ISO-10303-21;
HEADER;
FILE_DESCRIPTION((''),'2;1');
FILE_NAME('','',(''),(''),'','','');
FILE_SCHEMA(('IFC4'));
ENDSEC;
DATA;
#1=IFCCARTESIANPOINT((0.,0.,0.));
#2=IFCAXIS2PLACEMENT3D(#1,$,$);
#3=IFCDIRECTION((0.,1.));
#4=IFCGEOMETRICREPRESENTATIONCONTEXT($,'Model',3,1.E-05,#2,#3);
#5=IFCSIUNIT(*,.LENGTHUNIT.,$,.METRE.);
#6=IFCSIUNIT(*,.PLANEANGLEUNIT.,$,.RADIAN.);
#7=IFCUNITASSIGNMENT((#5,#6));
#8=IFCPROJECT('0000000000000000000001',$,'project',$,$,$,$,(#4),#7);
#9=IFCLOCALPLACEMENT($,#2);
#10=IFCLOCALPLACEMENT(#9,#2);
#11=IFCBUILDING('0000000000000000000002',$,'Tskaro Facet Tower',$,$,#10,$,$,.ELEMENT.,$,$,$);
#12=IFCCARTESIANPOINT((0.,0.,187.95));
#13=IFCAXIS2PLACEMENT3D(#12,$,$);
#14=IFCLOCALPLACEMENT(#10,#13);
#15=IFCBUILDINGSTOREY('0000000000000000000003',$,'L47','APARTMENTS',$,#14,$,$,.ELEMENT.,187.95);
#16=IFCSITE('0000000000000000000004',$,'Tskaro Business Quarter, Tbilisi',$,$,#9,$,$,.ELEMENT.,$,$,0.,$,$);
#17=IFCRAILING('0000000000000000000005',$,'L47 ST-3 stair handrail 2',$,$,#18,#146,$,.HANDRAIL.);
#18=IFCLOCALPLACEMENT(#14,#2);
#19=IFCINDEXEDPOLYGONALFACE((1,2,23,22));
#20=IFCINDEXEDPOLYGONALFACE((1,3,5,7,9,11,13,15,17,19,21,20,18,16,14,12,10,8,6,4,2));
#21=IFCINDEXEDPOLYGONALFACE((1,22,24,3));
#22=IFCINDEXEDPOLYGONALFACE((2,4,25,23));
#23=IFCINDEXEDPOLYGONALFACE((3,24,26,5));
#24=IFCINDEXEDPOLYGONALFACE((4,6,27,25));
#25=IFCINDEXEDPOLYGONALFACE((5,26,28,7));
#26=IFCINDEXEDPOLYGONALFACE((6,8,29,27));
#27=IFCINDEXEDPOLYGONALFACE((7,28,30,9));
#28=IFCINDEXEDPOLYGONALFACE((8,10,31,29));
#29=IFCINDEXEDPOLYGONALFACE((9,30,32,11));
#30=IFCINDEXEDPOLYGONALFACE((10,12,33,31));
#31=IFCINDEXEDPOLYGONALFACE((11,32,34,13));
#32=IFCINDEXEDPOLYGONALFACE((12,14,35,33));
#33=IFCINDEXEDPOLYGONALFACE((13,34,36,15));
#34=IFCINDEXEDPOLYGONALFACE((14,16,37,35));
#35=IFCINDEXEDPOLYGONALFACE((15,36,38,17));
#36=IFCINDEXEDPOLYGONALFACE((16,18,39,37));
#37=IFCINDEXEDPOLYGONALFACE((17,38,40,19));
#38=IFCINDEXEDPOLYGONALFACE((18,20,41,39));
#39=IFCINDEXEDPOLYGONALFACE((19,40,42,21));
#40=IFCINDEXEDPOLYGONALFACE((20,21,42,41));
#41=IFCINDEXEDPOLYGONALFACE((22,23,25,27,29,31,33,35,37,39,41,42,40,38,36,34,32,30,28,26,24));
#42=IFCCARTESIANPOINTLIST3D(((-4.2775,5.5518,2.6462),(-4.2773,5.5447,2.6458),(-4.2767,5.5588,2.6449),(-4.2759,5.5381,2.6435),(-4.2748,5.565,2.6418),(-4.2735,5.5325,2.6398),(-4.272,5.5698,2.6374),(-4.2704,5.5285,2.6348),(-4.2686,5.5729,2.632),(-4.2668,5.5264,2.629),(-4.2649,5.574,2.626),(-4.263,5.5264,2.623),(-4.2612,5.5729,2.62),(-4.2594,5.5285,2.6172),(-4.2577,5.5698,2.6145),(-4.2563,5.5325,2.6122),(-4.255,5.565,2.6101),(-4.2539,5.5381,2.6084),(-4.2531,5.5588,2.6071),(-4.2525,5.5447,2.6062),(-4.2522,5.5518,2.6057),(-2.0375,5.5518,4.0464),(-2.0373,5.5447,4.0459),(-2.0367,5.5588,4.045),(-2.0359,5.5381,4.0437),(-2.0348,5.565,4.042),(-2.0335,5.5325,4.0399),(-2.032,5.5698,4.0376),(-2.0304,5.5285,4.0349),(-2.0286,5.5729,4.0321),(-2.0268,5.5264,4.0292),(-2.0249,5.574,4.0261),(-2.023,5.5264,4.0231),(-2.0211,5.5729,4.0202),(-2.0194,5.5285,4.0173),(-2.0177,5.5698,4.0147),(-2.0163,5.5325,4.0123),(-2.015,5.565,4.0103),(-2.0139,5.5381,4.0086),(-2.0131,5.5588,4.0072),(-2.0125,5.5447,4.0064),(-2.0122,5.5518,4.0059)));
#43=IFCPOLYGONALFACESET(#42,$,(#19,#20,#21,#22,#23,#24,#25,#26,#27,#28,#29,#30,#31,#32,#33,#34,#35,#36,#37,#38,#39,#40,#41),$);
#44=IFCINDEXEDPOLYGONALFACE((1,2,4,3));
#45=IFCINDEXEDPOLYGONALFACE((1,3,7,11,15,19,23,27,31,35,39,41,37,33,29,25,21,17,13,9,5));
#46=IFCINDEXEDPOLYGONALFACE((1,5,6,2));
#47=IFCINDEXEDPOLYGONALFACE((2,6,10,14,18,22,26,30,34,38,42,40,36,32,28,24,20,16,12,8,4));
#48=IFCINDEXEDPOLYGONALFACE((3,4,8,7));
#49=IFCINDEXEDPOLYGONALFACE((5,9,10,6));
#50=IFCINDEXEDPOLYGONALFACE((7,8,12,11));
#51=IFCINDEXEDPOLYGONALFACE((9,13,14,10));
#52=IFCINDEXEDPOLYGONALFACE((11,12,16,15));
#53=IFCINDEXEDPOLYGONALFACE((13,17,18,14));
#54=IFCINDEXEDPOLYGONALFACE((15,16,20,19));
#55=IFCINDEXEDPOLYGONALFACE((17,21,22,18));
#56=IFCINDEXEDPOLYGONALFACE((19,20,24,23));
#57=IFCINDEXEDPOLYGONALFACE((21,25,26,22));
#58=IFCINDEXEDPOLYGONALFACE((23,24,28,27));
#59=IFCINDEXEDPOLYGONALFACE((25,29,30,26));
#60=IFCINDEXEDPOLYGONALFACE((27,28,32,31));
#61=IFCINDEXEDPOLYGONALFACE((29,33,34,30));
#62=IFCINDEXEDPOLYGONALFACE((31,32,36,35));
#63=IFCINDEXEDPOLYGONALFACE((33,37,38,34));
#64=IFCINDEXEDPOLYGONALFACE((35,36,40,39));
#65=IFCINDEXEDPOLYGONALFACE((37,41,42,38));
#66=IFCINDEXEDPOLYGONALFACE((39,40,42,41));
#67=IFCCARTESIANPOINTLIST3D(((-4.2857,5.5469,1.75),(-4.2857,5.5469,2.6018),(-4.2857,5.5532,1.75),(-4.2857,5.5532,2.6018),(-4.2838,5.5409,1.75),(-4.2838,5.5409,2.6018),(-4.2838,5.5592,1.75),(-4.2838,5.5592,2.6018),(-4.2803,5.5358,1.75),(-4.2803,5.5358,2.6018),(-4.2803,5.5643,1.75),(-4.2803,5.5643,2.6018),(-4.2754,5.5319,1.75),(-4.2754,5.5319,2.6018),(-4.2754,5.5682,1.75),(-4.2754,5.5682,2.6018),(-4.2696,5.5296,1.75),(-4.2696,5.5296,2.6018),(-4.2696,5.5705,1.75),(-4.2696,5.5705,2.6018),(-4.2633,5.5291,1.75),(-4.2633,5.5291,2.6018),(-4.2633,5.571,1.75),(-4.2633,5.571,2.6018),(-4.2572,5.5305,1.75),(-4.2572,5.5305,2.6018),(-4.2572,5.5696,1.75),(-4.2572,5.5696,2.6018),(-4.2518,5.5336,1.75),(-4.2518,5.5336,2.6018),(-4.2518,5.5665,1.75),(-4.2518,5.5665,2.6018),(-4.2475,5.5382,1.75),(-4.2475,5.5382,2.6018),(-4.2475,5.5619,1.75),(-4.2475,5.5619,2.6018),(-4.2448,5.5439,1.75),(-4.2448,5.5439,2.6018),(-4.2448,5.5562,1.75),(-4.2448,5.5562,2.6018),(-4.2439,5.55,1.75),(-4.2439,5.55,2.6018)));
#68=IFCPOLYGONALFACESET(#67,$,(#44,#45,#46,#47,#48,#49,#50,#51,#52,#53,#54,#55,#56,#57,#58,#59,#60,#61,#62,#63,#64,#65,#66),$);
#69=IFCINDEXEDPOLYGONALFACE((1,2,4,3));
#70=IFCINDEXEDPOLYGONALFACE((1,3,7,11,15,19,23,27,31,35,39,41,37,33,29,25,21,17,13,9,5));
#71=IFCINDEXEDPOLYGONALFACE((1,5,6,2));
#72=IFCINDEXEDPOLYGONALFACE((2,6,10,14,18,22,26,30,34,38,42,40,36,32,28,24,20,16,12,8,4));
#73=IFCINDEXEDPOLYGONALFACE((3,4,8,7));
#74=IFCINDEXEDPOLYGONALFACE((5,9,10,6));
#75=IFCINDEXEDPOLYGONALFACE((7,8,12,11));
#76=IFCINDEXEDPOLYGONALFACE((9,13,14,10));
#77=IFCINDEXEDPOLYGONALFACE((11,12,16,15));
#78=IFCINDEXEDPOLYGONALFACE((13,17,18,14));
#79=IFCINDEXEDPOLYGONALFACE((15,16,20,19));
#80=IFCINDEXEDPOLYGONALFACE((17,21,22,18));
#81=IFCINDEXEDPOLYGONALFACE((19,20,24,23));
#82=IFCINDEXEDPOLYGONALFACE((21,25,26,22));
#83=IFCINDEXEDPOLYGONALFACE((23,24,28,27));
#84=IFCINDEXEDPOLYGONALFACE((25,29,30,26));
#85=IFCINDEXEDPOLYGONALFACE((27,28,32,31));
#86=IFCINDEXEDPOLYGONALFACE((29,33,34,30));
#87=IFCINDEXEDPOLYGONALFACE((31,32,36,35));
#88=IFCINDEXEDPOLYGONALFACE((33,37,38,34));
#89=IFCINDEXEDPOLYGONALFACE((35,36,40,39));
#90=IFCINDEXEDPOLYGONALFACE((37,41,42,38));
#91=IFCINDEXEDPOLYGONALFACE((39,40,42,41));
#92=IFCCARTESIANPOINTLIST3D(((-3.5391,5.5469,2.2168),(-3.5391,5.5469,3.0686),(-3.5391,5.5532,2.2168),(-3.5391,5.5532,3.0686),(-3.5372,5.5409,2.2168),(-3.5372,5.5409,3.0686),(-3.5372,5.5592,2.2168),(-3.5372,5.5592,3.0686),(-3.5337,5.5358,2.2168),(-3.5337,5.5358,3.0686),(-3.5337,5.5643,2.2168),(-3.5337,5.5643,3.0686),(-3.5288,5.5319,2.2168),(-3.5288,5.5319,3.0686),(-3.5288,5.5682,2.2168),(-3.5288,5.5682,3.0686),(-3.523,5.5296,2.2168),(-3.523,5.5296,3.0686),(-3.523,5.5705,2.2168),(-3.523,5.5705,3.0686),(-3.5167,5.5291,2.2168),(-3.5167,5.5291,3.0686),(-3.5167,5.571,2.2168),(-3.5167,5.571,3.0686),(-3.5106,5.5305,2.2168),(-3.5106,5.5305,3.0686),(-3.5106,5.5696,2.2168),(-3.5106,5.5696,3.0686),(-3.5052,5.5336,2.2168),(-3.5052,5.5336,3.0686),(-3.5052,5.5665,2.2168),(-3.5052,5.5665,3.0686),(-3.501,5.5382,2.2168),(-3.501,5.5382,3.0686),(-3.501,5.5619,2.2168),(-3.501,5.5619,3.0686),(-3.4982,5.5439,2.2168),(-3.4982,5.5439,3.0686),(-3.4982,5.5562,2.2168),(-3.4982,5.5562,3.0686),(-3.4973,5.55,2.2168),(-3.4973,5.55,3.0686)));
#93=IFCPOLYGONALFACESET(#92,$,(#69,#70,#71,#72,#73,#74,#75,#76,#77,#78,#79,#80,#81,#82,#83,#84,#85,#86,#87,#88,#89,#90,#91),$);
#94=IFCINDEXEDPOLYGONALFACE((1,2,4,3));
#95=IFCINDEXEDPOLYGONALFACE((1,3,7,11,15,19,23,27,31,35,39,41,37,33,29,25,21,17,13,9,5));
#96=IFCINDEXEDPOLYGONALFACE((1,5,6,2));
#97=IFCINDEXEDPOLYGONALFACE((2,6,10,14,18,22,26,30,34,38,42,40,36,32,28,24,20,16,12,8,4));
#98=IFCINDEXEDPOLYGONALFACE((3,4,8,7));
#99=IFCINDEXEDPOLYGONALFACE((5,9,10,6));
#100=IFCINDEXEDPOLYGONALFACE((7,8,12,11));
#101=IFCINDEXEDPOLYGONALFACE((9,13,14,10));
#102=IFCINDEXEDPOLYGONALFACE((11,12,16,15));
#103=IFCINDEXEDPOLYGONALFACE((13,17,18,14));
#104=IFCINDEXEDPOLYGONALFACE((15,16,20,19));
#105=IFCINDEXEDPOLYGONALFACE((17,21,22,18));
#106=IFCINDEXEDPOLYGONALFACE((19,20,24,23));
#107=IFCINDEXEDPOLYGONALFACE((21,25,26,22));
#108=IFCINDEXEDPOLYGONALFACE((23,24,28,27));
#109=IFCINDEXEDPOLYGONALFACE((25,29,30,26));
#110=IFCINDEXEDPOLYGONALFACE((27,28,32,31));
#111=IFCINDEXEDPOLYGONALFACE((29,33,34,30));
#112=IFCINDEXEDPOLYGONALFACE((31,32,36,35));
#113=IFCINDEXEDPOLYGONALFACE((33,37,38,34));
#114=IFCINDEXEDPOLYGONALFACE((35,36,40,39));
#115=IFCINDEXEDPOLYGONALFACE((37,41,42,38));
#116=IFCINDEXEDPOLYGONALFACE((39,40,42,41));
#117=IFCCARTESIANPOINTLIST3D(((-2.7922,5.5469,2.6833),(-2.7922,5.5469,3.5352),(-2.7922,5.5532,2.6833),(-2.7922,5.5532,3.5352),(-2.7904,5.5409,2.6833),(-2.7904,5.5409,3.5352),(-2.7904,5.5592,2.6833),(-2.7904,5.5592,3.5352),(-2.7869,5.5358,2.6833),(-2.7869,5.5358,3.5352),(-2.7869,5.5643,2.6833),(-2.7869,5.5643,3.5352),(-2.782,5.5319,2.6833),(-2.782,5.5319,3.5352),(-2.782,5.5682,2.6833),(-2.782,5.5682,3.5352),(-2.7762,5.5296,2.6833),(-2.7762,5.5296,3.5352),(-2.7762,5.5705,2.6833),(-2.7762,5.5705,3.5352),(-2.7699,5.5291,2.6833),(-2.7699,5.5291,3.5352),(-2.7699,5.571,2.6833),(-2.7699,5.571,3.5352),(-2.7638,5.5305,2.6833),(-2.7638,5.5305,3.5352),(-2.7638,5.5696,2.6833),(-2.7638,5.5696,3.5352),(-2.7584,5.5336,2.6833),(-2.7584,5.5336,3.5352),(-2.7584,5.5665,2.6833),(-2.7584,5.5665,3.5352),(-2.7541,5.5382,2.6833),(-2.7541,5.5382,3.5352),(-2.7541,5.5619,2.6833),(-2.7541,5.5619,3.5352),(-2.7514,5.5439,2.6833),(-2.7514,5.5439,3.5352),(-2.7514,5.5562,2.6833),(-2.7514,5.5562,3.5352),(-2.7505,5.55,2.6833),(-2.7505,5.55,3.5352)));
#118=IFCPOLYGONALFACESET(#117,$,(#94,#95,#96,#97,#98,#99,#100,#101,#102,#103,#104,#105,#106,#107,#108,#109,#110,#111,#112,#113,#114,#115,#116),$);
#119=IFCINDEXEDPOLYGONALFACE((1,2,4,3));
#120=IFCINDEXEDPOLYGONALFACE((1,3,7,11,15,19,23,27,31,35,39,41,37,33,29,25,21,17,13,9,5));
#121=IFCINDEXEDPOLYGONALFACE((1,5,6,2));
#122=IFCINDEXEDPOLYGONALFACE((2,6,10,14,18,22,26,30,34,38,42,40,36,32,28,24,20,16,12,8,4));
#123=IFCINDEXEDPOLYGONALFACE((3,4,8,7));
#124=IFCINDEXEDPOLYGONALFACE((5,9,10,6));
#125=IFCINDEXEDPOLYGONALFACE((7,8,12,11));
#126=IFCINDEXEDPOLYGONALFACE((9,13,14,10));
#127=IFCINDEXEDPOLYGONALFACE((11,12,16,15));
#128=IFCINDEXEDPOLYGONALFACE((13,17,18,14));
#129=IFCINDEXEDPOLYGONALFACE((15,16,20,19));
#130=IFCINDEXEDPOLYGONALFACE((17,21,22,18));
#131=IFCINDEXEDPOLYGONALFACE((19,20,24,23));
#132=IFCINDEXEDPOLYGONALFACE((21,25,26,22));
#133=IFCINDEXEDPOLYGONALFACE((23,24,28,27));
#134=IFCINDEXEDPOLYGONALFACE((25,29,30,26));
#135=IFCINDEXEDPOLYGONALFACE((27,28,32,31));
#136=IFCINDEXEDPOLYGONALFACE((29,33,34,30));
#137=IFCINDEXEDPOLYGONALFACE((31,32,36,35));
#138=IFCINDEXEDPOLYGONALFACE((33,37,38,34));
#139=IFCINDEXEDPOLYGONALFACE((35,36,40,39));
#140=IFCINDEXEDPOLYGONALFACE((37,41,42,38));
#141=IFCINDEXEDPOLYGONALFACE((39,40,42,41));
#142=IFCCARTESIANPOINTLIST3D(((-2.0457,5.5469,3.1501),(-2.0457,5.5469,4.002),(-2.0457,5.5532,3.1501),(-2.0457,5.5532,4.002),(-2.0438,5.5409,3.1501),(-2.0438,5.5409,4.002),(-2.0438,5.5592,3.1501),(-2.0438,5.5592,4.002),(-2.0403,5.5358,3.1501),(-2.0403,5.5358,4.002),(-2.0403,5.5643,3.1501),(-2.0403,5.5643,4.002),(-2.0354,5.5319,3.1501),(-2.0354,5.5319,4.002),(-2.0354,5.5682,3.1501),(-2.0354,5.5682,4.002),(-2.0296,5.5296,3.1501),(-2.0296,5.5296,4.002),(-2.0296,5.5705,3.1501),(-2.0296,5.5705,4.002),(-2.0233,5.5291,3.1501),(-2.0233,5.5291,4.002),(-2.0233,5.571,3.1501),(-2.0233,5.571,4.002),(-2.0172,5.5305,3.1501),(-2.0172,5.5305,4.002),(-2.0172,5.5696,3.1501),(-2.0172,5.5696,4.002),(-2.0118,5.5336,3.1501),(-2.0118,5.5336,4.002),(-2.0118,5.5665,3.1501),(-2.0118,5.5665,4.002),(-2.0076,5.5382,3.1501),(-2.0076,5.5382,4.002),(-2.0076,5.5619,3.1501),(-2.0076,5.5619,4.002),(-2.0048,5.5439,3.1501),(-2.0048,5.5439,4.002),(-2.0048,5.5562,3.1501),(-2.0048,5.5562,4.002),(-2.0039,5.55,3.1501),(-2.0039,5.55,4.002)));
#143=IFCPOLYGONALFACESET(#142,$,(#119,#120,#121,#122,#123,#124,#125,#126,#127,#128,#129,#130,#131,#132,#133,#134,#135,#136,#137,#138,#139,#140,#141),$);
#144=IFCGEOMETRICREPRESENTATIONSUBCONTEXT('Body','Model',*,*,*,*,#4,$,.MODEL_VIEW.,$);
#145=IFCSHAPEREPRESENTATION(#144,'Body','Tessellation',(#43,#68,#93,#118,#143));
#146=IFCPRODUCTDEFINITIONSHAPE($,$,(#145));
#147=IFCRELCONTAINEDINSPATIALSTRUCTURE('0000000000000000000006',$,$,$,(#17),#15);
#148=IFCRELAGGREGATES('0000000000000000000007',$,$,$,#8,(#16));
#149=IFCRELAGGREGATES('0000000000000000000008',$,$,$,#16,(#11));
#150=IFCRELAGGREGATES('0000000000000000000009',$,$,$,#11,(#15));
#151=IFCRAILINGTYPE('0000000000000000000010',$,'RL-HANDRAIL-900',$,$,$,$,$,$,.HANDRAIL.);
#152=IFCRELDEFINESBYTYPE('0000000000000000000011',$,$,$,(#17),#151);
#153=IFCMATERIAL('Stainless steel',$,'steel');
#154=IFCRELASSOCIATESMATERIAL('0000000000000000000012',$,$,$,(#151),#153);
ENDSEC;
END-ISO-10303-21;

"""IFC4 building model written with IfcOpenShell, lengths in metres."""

from ifc_helpers import new_model, si_unit, direction, frame, origin, origin_2d, place, context, subcontext, project, spatial, circle, extrude, material, type_object, element, save


model = new_model("IFC4")

# Units and contexts
model_context = context("Model", 3, precision=1e-05, world=origin(), true_north=direction((0.0, 1.0)))
body_context = subcontext(model_context, "Body", "Model", "MODEL_VIEW")
ifc_project = project(units=[si_unit("LENGTHUNIT", "METRE"), si_unit("PLANEANGLEUNIT", "RADIAN")], contexts=[model_context])

# Site, building, storey
site_placement = place(None, origin())
site = spatial("IfcSite", under=ifc_project, at=site_placement, Name="Tskaro Business Quarter, Tbilisi", CompositionType="ELEMENT", RefElevation=0.0)
building_placement = place(site_placement, origin())
building = spatial("IfcBuilding", under=site, at=building_placement, Name="Tskaro Facet Tower", CompositionType="ELEMENT")
storey_placement = place(building_placement, frame((0.0, 0.0, 187.95)))
storey = spatial("IfcBuildingStorey", under=building, at=storey_placement, Name="L47", Description="APARTMENTS", CompositionType="ELEMENT", Elevation=187.95)

# Railing
ifc_material_1 = material(Name="Stainless steel", Category="steel")
railing_type_1 = type_object("IfcRailingType", Name="RL-HANDRAIL-900", PredefinedType="HANDRAIL", material=ifc_material_1)
railing_1_placement = place(storey_placement, frame((-4.2649, 5.55, 1.75)))
element("IfcRailing", 1, at=railing_1_placement, inside=storey, type_object=railing_type_1, Name="L47 ST-3 stair handrail 2", PredefinedType="HANDRAIL", context=body_context, shape_type="SweptSolid", body=[
    extrude(circle(Radius=0.0239, at=origin_2d()), frame((0.0, 0.0, 0.876), z_axis=(0.847972, 0.0, 0.53004), x_axis=(0.0, 1.0, 0.0)), (0.0, 0.0, 1.0), 2.6416),
    extrude(circle(Radius=0.021, at=origin_2d()), origin(), (0.0, 0.0, 1.0), 0.8518),
    extrude(circle(Radius=0.021, at=origin_2d()), frame((0.7466, 0.0, 0.4668)), (0.0, 0.0, 1.0), 0.8518),
    extrude(circle(Radius=0.021, at=origin_2d()), frame((1.4934, 0.0, 0.9333)), (0.0, 0.0, 1.0), 0.8518),
    extrude(circle(Radius=0.021, at=origin_2d()), frame((2.24, 0.0, 1.4001)), (0.0, 0.0, 1.0), 0.8518),
])

save(model, "model.ifc")
